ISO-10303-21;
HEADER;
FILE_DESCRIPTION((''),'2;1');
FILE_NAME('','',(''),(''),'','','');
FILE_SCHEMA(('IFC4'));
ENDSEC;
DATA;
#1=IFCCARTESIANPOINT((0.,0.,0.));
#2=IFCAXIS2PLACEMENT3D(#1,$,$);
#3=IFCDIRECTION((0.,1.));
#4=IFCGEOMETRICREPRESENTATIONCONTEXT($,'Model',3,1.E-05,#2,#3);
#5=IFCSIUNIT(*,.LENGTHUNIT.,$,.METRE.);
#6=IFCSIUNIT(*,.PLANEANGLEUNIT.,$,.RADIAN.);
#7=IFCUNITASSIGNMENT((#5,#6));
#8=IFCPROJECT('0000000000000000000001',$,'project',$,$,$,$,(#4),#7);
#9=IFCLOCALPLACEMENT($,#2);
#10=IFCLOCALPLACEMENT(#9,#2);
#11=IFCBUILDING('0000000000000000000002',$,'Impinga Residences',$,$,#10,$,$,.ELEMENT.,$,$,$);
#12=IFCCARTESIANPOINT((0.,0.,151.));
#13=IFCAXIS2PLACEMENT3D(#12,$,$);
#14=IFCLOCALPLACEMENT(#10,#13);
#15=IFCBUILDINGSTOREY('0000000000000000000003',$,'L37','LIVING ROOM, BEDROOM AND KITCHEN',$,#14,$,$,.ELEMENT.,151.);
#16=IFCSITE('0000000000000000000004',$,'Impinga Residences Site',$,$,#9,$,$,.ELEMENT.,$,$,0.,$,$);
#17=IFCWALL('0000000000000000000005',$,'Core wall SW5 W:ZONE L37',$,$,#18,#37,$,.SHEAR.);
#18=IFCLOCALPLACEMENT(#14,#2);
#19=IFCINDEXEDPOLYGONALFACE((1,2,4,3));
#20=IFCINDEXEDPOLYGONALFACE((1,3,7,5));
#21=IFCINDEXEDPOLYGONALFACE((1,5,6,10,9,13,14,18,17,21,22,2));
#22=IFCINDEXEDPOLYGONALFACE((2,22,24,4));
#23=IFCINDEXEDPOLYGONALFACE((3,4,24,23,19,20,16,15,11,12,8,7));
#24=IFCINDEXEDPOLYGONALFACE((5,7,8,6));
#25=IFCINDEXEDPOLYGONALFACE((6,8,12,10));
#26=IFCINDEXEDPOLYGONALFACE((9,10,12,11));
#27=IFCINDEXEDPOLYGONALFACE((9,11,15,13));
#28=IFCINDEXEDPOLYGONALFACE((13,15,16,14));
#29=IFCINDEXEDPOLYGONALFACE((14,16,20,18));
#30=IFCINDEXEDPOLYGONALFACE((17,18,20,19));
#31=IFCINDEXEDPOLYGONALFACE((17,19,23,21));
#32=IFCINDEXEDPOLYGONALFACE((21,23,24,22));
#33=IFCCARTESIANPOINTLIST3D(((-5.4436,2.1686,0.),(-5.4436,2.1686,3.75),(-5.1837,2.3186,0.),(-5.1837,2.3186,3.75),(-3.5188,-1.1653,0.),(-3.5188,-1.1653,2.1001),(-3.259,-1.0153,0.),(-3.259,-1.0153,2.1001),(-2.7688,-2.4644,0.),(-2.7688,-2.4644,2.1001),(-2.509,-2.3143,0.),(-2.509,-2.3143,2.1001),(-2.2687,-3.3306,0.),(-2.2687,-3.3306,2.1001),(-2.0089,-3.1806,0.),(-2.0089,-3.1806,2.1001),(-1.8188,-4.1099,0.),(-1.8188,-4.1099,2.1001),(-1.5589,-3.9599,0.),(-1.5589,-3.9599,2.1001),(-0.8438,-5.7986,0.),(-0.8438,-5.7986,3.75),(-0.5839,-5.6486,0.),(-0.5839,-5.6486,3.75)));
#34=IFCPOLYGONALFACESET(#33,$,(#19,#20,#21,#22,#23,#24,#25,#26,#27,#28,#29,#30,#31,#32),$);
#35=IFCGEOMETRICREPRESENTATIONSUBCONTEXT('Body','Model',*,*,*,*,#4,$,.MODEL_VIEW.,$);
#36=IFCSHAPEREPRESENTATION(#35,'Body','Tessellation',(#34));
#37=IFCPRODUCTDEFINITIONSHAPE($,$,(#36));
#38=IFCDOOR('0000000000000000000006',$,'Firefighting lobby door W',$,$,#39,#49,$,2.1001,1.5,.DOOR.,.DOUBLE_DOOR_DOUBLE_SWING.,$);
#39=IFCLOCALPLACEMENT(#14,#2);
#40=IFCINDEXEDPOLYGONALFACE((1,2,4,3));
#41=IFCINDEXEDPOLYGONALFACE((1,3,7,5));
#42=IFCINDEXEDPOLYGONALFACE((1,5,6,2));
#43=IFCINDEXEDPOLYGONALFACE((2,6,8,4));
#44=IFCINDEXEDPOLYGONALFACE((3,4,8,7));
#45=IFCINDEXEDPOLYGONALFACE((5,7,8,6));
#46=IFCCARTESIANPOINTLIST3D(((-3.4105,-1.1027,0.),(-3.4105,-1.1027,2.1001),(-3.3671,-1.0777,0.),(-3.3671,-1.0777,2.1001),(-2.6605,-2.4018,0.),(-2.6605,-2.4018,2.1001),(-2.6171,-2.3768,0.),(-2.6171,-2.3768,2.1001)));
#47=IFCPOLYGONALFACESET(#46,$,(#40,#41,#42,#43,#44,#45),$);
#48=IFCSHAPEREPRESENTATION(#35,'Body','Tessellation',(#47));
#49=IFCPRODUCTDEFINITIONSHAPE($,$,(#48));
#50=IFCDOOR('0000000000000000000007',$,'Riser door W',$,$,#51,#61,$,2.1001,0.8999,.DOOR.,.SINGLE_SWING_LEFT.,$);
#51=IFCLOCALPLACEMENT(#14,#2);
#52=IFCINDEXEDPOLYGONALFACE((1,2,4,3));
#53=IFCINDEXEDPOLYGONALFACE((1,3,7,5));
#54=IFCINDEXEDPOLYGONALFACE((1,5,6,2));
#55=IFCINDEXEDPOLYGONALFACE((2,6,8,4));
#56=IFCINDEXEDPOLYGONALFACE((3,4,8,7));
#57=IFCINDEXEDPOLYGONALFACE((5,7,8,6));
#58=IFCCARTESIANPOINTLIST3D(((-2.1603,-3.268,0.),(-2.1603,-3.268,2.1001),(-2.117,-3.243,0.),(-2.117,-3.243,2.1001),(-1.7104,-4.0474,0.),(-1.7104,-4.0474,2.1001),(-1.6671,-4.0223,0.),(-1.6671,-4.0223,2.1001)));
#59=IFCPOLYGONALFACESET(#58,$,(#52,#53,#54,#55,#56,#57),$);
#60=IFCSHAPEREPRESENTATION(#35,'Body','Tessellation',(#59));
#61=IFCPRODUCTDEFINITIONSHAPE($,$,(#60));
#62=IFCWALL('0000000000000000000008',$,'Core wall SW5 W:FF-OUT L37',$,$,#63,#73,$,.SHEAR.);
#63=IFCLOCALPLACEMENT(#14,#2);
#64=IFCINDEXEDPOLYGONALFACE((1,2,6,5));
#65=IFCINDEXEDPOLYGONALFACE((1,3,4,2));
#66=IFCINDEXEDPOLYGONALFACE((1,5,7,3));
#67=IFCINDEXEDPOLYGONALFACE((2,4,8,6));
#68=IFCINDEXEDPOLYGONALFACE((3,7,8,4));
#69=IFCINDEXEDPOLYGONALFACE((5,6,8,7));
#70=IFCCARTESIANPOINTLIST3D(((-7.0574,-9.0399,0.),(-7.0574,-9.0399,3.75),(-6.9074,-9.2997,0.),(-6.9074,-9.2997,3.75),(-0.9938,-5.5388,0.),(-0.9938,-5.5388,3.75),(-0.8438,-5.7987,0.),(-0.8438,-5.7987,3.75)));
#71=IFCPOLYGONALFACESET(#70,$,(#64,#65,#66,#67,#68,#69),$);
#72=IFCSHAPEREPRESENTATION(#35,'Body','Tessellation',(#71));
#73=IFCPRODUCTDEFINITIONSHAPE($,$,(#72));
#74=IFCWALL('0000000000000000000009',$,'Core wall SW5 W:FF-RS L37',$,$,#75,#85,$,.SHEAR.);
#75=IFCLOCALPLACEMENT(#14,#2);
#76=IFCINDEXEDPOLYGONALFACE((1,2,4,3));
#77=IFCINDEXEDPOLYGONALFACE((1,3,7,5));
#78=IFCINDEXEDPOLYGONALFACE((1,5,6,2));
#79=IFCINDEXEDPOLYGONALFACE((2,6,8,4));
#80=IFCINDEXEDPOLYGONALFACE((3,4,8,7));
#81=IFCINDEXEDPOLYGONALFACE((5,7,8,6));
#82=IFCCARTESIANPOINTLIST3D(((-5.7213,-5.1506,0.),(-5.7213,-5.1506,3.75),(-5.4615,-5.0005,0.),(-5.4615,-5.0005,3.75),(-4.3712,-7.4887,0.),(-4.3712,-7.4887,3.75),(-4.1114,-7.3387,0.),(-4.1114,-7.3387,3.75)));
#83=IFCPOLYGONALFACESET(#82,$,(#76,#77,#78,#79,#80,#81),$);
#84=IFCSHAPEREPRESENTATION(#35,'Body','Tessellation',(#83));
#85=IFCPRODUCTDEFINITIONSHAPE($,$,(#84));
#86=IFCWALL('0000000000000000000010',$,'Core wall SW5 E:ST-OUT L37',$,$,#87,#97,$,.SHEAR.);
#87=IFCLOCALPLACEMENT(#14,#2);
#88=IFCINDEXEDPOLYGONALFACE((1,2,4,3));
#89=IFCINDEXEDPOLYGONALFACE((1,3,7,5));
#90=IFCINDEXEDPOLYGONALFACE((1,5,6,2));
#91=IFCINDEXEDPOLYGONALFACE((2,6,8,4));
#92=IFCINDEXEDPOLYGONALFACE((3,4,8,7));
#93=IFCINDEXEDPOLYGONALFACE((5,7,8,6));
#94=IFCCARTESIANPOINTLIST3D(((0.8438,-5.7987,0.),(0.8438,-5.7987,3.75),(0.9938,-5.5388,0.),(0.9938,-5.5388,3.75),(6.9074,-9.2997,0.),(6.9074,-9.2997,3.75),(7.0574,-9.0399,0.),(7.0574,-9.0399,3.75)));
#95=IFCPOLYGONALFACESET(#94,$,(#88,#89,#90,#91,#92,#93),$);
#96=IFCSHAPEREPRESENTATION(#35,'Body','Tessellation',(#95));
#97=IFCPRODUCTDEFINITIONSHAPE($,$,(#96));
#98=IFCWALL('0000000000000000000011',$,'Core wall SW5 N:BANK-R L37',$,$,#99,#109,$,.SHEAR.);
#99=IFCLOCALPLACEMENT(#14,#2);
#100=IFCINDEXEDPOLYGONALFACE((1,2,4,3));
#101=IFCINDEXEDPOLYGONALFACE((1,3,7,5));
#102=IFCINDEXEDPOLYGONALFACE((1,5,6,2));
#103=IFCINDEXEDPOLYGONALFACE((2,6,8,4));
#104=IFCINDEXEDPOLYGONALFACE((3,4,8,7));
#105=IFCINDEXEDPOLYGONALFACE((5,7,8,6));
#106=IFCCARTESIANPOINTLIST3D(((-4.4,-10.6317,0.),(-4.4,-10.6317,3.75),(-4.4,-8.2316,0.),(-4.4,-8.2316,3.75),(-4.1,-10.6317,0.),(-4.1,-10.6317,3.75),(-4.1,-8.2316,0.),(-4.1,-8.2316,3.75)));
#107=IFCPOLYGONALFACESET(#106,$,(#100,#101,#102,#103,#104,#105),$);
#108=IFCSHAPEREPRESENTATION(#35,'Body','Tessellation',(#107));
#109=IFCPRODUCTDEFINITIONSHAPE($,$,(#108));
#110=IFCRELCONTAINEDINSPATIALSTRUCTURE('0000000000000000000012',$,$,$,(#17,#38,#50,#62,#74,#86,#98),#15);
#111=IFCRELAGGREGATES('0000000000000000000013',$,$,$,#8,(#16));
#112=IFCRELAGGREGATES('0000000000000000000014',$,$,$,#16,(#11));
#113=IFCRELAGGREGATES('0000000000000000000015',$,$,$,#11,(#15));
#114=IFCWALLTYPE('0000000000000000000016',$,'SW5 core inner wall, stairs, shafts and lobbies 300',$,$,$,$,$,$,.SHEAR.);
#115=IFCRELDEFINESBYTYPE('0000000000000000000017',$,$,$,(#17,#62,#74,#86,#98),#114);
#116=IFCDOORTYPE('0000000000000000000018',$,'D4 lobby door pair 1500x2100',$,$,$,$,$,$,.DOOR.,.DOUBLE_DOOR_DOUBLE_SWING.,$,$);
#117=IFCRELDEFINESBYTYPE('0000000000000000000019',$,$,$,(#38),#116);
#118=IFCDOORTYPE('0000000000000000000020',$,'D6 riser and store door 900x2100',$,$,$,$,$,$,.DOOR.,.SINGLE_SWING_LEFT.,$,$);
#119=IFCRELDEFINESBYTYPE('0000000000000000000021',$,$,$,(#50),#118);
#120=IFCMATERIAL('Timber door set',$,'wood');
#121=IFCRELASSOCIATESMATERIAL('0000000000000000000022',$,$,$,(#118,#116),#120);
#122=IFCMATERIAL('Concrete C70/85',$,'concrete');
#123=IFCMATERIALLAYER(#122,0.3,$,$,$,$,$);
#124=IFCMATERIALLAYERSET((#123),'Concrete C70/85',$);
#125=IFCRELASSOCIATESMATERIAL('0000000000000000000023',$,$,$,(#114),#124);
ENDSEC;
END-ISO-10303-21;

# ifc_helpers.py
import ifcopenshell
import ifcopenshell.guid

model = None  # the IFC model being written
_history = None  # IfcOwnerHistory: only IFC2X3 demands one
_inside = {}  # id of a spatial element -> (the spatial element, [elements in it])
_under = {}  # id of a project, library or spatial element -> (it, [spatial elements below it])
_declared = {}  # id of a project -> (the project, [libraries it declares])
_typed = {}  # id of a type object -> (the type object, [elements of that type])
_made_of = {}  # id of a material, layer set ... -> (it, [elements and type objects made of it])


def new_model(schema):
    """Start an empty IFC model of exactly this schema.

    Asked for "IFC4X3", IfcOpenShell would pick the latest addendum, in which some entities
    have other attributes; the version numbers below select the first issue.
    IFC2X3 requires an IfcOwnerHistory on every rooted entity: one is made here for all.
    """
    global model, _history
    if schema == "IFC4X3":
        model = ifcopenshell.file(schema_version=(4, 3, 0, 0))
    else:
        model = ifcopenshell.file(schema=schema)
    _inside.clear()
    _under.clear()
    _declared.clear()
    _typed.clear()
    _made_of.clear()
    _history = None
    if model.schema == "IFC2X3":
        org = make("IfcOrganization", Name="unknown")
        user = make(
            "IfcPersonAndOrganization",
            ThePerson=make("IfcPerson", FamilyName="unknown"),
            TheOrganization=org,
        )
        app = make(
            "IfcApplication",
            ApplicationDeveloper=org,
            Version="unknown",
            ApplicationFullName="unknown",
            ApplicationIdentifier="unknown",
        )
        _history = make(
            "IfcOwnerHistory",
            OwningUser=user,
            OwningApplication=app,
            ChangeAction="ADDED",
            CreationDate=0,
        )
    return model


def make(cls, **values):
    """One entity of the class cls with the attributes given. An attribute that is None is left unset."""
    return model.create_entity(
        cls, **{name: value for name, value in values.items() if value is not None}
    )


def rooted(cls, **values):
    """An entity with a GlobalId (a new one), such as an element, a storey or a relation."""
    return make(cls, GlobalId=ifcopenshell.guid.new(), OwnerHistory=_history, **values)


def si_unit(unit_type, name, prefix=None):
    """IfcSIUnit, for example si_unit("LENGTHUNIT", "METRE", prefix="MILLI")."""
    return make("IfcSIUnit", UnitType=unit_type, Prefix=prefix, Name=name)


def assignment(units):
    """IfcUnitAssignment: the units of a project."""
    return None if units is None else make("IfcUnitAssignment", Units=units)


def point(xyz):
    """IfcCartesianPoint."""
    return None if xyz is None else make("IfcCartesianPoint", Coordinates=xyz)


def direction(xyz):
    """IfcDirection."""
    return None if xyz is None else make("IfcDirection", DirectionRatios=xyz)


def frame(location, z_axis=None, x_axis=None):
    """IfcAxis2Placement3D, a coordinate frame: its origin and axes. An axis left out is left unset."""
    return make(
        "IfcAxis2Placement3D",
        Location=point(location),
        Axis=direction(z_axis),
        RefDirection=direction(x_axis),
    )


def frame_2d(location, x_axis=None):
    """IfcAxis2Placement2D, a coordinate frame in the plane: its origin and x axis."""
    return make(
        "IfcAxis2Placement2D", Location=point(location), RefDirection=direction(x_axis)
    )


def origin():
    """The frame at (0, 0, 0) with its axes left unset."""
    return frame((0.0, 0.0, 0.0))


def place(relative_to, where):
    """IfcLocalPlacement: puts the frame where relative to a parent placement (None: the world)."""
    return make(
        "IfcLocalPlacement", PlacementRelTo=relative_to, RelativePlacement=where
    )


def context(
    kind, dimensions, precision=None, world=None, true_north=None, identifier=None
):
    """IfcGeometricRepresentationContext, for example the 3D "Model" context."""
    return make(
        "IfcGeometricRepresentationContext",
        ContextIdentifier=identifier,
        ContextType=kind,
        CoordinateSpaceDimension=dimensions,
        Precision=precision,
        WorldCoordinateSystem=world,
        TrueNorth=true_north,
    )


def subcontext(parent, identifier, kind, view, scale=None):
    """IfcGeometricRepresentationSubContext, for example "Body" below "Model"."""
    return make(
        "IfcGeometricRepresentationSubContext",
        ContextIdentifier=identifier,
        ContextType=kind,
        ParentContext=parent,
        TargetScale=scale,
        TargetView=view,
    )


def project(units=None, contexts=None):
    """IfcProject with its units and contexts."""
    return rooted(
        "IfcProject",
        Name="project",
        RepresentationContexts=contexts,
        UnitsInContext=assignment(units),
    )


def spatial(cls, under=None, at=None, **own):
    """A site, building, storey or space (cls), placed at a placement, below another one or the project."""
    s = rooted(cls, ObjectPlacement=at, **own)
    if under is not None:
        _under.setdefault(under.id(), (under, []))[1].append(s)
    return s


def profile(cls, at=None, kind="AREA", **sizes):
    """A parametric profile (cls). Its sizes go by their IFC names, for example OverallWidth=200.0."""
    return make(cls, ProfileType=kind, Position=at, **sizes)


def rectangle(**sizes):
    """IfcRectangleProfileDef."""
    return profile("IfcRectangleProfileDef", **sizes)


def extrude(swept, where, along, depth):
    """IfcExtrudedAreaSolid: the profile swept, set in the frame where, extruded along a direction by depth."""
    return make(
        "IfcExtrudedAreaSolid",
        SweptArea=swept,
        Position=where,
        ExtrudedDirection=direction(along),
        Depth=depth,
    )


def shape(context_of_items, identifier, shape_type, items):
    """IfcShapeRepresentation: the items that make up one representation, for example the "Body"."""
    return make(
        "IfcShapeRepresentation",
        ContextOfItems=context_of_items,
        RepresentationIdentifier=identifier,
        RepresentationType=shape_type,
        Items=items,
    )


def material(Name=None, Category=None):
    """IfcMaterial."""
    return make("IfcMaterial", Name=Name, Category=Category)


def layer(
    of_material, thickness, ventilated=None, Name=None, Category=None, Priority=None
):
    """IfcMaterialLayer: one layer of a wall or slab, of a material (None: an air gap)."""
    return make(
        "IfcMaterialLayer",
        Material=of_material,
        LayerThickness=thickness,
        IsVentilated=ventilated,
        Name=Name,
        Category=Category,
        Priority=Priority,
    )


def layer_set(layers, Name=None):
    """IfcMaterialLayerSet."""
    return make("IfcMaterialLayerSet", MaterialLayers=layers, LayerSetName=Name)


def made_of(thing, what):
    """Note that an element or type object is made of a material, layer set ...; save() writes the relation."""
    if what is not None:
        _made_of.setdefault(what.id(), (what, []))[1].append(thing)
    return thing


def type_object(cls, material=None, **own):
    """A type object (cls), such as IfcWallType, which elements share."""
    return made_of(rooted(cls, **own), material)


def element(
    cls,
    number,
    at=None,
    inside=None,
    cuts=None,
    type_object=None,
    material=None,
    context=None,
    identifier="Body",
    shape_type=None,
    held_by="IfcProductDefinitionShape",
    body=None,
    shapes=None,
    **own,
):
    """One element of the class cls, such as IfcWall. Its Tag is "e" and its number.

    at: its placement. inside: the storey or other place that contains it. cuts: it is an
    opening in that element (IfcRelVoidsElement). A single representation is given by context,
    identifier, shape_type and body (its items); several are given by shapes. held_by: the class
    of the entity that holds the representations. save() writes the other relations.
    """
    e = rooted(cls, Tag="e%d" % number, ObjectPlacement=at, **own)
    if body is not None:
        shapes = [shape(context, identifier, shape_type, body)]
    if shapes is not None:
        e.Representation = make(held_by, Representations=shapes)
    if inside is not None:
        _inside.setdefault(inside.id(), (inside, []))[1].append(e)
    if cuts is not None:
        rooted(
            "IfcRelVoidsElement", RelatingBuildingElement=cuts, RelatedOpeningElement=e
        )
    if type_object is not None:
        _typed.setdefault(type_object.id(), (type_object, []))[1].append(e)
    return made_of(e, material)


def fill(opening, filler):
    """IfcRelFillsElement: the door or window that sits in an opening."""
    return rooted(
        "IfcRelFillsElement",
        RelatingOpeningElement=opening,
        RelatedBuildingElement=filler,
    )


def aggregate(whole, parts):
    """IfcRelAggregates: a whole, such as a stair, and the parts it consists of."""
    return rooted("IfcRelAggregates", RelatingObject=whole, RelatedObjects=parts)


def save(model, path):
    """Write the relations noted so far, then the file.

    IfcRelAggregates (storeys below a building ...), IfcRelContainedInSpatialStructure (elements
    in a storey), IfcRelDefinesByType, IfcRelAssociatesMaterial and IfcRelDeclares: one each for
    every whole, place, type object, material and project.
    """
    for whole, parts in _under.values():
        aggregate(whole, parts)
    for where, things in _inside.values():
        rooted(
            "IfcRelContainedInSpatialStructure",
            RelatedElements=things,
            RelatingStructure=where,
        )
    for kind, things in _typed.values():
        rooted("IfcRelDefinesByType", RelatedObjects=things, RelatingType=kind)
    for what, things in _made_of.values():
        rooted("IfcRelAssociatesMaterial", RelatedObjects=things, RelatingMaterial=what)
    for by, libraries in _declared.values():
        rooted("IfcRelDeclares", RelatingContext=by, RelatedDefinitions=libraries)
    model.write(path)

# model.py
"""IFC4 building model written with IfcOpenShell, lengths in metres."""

from ifc_helpers import new_model, si_unit, direction, frame, frame_2d, origin, place, context, subcontext, project, spatial, rectangle, extrude, material, layer, layer_set, type_object, element, fill, save


model = new_model("IFC4")

# Units and contexts
model_context = context("Model", 3, precision=1e-05, world=origin(), true_north=direction((0.0, 1.0)))
body_context = subcontext(model_context, "Body", "Model", "MODEL_VIEW")
ifc_project = project(units=[si_unit("LENGTHUNIT", "METRE"), si_unit("PLANEANGLEUNIT", "RADIAN")], contexts=[model_context])

# Site, building, storey
site_placement = place(None, origin())
site = spatial("IfcSite", under=ifc_project, at=site_placement, Name="Impinga Residences Site", CompositionType="ELEMENT", RefElevation=0.0)
building_placement = place(site_placement, origin())
building = spatial("IfcBuilding", under=site, at=building_placement, Name="Impinga Residences", CompositionType="ELEMENT")
storey_placement = place(building_placement, frame((0.0, 0.0, 151.0)))
storey = spatial("IfcBuildingStorey", under=building, at=storey_placement, Name="L37", Description="LIVING ROOM, BEDROOM AND KITCHEN", CompositionType="ELEMENT", Elevation=151.0)

# Shared definitions
ifc_material_1 = material(Name="Timber door set", Category="wood")

# Shared definitions
door_type_1 = type_object("IfcDoorType", Name="D6 riser and store door 900x2100", OperationType="SINGLE_SWING_LEFT", PredefinedType="DOOR", material=ifc_material_1)

# Wall, openings, doors
ifc_material_2 = material(Name="Concrete C70/85", Category="concrete")
ifc_layer_1 = layer(ifc_material_2, 0.3)
ifc_layer_set_1 = layer_set([ifc_layer_1], Name="Concrete C70/85")
wall_type_1 = type_object("IfcWallType", Name="SW5 core inner wall, stairs, shafts and lobbies 300", PredefinedType="SHEAR", material=ifc_layer_set_1)
wall_1_placement = place(storey_placement, frame((-0.7139, -5.7236, 0.0), z_axis=(0.0, 0.0, 1.0), x_axis=(-0.499995, 0.866028, 0.0)))
wall_1 = element("IfcWall", 1, at=wall_1_placement, inside=storey, type_object=wall_type_1, Name="Core wall SW5 W:ZONE L37", PredefinedType="SHEAR", context=body_context, shape_type="SweptSolid", body=[
    extrude(rectangle(XDim=9.1997, YDim=0.3, at=frame_2d((4.5999, 0.0))), origin(), (0.0, 0.0, 1.0), 3.75),
])
opening_1_placement = place(wall_1_placement, frame((3.8501, 0.0, 0.0)))
opening_1 = element("IfcOpeningElement", 2, at=opening_1_placement, cuts=wall_1, PredefinedType="OPENING", context=body_context, shape_type="SweptSolid", body=[
    extrude(rectangle(XDim=1.5, YDim=2.1001, at=frame_2d((0.75, 1.05))), frame((0.0, 0.1599, 0.0), z_axis=(0.0, -1.0, 0.0), x_axis=(1.0, 0.0, 0.0)), (0.0, 0.0, 1.0), 0.3201),
])
opening_2_placement = place(wall_1_placement, frame((1.95, 0.0, 0.0)))
opening_2 = element("IfcOpeningElement", 3, at=opening_2_placement, cuts=wall_1, PredefinedType="OPENING", context=body_context, shape_type="SweptSolid", body=[
    extrude(rectangle(XDim=0.8999, YDim=2.1001, at=frame_2d((0.45, 1.05))), frame((0.0, 0.1599, 0.0), z_axis=(0.0, -1.0, 0.0), x_axis=(1.0, 0.0, 0.0)), (0.0, 0.0, 1.0), 0.3201),
])
door_type_2 = type_object("IfcDoorType", Name="D4 lobby door pair 1500x2100", OperationType="DOUBLE_DOOR_DOUBLE_SWING", PredefinedType="DOOR", material=ifc_material_1)
door_1_placement = place(opening_1_placement, origin())
door_1 = element("IfcDoor", 4, at=door_1_placement, inside=storey, type_object=door_type_2, Name="Firefighting lobby door W", OperationType="DOUBLE_DOOR_DOUBLE_SWING", OverallHeight=2.1001, OverallWidth=1.5, PredefinedType="DOOR", context=body_context, shape_type="SweptSolid", body=[
    extrude(rectangle(XDim=1.5, YDim=2.1001, at=frame_2d((0.75, 1.05))), frame((0.0, 0.0249, 0.0), z_axis=(0.0, -1.0, 0.0), x_axis=(1.0, 0.0, 0.0)), (0.0, 0.0, 1.0), 0.05),
])
fill(opening_1, door_1)
door_2_placement = place(opening_2_placement, origin())
door_2 = element("IfcDoor", 5, at=door_2_placement, inside=storey, type_object=door_type_1, Name="Riser door W", OperationType="SINGLE_SWING_LEFT", OverallHeight=2.1001, OverallWidth=0.8999, PredefinedType="DOOR", context=body_context, shape_type="SweptSolid", body=[
    extrude(rectangle(XDim=0.8999, YDim=2.1001, at=frame_2d((0.45, 1.05))), frame((0.0, 0.0249, 0.0), z_axis=(0.0, -1.0, 0.0), x_axis=(1.0, 0.0, 0.0)), (0.0, 0.0, 1.0), 0.05),
])
fill(opening_2, door_2)

# Walls
wall_2_placement = place(storey_placement, frame((-0.9187, -5.6687, 0.0), z_axis=(0.0, 0.0, 1.0), x_axis=(-0.866011, -0.500024, 0.0)))
element("IfcWall", 6, at=wall_2_placement, inside=storey, type_object=wall_type_1, Name="Core wall SW5 W:FF-OUT L37", PredefinedType="SHEAR", context=body_context, shape_type="SweptSolid", body=[
    extrude(rectangle(XDim=7.0017, YDim=0.3, at=frame_2d((3.501, 0.0))), origin(), (0.0, 0.0, 1.0), 3.75),
])
wall_3_placement = place(storey_placement, frame((-4.2412, -7.4138, 0.0), z_axis=(0.0, 0.0, 1.0), x_axis=(-0.500049, 0.865997, 0.0)))
element("IfcWall", 7, at=wall_3_placement, inside=storey, type_object=wall_type_1, Name="Core wall SW5 W:FF-RS L37", PredefinedType="SHEAR", context=body_context, shape_type="SweptSolid", body=[
    extrude(rectangle(XDim=2.7, YDim=0.3, at=frame_2d((1.3501, 0.0))), origin(), (0.0, 0.0, 1.0), 3.75),
])
wall_4_placement = place(storey_placement, frame((0.9187, -5.6687, 0.0), z_axis=(0.0, 0.0, 1.0), x_axis=(0.866011, -0.500024, 0.0)))
element("IfcWall", 8, at=wall_4_placement, inside=storey, type_object=wall_type_1, Name="Core wall SW5 E:ST-OUT L37", PredefinedType="SHEAR", context=body_context, shape_type="SweptSolid", body=[
    extrude(rectangle(XDim=7.0017, YDim=0.3, at=frame_2d((3.501, 0.0))), origin(), (0.0, 0.0, 1.0), 3.75),
])
wall_5_placement = place(storey_placement, frame((-4.25, -8.2314, 0.0), z_axis=(0.0, 0.0, 1.0), x_axis=(0.0, -1.0, 0.0)))
element("IfcWall", 9, at=wall_5_placement, inside=storey, type_object=wall_type_1, Name="Core wall SW5 N:BANK-R L37", PredefinedType="SHEAR", context=body_context, shape_type="SweptSolid", body=[
    extrude(rectangle(XDim=2.4001, YDim=0.3, at=frame_2d((1.2002, 0.0))), origin(), (0.0, 0.0, 1.0), 3.75),
])

save(model, "model.ifc")
